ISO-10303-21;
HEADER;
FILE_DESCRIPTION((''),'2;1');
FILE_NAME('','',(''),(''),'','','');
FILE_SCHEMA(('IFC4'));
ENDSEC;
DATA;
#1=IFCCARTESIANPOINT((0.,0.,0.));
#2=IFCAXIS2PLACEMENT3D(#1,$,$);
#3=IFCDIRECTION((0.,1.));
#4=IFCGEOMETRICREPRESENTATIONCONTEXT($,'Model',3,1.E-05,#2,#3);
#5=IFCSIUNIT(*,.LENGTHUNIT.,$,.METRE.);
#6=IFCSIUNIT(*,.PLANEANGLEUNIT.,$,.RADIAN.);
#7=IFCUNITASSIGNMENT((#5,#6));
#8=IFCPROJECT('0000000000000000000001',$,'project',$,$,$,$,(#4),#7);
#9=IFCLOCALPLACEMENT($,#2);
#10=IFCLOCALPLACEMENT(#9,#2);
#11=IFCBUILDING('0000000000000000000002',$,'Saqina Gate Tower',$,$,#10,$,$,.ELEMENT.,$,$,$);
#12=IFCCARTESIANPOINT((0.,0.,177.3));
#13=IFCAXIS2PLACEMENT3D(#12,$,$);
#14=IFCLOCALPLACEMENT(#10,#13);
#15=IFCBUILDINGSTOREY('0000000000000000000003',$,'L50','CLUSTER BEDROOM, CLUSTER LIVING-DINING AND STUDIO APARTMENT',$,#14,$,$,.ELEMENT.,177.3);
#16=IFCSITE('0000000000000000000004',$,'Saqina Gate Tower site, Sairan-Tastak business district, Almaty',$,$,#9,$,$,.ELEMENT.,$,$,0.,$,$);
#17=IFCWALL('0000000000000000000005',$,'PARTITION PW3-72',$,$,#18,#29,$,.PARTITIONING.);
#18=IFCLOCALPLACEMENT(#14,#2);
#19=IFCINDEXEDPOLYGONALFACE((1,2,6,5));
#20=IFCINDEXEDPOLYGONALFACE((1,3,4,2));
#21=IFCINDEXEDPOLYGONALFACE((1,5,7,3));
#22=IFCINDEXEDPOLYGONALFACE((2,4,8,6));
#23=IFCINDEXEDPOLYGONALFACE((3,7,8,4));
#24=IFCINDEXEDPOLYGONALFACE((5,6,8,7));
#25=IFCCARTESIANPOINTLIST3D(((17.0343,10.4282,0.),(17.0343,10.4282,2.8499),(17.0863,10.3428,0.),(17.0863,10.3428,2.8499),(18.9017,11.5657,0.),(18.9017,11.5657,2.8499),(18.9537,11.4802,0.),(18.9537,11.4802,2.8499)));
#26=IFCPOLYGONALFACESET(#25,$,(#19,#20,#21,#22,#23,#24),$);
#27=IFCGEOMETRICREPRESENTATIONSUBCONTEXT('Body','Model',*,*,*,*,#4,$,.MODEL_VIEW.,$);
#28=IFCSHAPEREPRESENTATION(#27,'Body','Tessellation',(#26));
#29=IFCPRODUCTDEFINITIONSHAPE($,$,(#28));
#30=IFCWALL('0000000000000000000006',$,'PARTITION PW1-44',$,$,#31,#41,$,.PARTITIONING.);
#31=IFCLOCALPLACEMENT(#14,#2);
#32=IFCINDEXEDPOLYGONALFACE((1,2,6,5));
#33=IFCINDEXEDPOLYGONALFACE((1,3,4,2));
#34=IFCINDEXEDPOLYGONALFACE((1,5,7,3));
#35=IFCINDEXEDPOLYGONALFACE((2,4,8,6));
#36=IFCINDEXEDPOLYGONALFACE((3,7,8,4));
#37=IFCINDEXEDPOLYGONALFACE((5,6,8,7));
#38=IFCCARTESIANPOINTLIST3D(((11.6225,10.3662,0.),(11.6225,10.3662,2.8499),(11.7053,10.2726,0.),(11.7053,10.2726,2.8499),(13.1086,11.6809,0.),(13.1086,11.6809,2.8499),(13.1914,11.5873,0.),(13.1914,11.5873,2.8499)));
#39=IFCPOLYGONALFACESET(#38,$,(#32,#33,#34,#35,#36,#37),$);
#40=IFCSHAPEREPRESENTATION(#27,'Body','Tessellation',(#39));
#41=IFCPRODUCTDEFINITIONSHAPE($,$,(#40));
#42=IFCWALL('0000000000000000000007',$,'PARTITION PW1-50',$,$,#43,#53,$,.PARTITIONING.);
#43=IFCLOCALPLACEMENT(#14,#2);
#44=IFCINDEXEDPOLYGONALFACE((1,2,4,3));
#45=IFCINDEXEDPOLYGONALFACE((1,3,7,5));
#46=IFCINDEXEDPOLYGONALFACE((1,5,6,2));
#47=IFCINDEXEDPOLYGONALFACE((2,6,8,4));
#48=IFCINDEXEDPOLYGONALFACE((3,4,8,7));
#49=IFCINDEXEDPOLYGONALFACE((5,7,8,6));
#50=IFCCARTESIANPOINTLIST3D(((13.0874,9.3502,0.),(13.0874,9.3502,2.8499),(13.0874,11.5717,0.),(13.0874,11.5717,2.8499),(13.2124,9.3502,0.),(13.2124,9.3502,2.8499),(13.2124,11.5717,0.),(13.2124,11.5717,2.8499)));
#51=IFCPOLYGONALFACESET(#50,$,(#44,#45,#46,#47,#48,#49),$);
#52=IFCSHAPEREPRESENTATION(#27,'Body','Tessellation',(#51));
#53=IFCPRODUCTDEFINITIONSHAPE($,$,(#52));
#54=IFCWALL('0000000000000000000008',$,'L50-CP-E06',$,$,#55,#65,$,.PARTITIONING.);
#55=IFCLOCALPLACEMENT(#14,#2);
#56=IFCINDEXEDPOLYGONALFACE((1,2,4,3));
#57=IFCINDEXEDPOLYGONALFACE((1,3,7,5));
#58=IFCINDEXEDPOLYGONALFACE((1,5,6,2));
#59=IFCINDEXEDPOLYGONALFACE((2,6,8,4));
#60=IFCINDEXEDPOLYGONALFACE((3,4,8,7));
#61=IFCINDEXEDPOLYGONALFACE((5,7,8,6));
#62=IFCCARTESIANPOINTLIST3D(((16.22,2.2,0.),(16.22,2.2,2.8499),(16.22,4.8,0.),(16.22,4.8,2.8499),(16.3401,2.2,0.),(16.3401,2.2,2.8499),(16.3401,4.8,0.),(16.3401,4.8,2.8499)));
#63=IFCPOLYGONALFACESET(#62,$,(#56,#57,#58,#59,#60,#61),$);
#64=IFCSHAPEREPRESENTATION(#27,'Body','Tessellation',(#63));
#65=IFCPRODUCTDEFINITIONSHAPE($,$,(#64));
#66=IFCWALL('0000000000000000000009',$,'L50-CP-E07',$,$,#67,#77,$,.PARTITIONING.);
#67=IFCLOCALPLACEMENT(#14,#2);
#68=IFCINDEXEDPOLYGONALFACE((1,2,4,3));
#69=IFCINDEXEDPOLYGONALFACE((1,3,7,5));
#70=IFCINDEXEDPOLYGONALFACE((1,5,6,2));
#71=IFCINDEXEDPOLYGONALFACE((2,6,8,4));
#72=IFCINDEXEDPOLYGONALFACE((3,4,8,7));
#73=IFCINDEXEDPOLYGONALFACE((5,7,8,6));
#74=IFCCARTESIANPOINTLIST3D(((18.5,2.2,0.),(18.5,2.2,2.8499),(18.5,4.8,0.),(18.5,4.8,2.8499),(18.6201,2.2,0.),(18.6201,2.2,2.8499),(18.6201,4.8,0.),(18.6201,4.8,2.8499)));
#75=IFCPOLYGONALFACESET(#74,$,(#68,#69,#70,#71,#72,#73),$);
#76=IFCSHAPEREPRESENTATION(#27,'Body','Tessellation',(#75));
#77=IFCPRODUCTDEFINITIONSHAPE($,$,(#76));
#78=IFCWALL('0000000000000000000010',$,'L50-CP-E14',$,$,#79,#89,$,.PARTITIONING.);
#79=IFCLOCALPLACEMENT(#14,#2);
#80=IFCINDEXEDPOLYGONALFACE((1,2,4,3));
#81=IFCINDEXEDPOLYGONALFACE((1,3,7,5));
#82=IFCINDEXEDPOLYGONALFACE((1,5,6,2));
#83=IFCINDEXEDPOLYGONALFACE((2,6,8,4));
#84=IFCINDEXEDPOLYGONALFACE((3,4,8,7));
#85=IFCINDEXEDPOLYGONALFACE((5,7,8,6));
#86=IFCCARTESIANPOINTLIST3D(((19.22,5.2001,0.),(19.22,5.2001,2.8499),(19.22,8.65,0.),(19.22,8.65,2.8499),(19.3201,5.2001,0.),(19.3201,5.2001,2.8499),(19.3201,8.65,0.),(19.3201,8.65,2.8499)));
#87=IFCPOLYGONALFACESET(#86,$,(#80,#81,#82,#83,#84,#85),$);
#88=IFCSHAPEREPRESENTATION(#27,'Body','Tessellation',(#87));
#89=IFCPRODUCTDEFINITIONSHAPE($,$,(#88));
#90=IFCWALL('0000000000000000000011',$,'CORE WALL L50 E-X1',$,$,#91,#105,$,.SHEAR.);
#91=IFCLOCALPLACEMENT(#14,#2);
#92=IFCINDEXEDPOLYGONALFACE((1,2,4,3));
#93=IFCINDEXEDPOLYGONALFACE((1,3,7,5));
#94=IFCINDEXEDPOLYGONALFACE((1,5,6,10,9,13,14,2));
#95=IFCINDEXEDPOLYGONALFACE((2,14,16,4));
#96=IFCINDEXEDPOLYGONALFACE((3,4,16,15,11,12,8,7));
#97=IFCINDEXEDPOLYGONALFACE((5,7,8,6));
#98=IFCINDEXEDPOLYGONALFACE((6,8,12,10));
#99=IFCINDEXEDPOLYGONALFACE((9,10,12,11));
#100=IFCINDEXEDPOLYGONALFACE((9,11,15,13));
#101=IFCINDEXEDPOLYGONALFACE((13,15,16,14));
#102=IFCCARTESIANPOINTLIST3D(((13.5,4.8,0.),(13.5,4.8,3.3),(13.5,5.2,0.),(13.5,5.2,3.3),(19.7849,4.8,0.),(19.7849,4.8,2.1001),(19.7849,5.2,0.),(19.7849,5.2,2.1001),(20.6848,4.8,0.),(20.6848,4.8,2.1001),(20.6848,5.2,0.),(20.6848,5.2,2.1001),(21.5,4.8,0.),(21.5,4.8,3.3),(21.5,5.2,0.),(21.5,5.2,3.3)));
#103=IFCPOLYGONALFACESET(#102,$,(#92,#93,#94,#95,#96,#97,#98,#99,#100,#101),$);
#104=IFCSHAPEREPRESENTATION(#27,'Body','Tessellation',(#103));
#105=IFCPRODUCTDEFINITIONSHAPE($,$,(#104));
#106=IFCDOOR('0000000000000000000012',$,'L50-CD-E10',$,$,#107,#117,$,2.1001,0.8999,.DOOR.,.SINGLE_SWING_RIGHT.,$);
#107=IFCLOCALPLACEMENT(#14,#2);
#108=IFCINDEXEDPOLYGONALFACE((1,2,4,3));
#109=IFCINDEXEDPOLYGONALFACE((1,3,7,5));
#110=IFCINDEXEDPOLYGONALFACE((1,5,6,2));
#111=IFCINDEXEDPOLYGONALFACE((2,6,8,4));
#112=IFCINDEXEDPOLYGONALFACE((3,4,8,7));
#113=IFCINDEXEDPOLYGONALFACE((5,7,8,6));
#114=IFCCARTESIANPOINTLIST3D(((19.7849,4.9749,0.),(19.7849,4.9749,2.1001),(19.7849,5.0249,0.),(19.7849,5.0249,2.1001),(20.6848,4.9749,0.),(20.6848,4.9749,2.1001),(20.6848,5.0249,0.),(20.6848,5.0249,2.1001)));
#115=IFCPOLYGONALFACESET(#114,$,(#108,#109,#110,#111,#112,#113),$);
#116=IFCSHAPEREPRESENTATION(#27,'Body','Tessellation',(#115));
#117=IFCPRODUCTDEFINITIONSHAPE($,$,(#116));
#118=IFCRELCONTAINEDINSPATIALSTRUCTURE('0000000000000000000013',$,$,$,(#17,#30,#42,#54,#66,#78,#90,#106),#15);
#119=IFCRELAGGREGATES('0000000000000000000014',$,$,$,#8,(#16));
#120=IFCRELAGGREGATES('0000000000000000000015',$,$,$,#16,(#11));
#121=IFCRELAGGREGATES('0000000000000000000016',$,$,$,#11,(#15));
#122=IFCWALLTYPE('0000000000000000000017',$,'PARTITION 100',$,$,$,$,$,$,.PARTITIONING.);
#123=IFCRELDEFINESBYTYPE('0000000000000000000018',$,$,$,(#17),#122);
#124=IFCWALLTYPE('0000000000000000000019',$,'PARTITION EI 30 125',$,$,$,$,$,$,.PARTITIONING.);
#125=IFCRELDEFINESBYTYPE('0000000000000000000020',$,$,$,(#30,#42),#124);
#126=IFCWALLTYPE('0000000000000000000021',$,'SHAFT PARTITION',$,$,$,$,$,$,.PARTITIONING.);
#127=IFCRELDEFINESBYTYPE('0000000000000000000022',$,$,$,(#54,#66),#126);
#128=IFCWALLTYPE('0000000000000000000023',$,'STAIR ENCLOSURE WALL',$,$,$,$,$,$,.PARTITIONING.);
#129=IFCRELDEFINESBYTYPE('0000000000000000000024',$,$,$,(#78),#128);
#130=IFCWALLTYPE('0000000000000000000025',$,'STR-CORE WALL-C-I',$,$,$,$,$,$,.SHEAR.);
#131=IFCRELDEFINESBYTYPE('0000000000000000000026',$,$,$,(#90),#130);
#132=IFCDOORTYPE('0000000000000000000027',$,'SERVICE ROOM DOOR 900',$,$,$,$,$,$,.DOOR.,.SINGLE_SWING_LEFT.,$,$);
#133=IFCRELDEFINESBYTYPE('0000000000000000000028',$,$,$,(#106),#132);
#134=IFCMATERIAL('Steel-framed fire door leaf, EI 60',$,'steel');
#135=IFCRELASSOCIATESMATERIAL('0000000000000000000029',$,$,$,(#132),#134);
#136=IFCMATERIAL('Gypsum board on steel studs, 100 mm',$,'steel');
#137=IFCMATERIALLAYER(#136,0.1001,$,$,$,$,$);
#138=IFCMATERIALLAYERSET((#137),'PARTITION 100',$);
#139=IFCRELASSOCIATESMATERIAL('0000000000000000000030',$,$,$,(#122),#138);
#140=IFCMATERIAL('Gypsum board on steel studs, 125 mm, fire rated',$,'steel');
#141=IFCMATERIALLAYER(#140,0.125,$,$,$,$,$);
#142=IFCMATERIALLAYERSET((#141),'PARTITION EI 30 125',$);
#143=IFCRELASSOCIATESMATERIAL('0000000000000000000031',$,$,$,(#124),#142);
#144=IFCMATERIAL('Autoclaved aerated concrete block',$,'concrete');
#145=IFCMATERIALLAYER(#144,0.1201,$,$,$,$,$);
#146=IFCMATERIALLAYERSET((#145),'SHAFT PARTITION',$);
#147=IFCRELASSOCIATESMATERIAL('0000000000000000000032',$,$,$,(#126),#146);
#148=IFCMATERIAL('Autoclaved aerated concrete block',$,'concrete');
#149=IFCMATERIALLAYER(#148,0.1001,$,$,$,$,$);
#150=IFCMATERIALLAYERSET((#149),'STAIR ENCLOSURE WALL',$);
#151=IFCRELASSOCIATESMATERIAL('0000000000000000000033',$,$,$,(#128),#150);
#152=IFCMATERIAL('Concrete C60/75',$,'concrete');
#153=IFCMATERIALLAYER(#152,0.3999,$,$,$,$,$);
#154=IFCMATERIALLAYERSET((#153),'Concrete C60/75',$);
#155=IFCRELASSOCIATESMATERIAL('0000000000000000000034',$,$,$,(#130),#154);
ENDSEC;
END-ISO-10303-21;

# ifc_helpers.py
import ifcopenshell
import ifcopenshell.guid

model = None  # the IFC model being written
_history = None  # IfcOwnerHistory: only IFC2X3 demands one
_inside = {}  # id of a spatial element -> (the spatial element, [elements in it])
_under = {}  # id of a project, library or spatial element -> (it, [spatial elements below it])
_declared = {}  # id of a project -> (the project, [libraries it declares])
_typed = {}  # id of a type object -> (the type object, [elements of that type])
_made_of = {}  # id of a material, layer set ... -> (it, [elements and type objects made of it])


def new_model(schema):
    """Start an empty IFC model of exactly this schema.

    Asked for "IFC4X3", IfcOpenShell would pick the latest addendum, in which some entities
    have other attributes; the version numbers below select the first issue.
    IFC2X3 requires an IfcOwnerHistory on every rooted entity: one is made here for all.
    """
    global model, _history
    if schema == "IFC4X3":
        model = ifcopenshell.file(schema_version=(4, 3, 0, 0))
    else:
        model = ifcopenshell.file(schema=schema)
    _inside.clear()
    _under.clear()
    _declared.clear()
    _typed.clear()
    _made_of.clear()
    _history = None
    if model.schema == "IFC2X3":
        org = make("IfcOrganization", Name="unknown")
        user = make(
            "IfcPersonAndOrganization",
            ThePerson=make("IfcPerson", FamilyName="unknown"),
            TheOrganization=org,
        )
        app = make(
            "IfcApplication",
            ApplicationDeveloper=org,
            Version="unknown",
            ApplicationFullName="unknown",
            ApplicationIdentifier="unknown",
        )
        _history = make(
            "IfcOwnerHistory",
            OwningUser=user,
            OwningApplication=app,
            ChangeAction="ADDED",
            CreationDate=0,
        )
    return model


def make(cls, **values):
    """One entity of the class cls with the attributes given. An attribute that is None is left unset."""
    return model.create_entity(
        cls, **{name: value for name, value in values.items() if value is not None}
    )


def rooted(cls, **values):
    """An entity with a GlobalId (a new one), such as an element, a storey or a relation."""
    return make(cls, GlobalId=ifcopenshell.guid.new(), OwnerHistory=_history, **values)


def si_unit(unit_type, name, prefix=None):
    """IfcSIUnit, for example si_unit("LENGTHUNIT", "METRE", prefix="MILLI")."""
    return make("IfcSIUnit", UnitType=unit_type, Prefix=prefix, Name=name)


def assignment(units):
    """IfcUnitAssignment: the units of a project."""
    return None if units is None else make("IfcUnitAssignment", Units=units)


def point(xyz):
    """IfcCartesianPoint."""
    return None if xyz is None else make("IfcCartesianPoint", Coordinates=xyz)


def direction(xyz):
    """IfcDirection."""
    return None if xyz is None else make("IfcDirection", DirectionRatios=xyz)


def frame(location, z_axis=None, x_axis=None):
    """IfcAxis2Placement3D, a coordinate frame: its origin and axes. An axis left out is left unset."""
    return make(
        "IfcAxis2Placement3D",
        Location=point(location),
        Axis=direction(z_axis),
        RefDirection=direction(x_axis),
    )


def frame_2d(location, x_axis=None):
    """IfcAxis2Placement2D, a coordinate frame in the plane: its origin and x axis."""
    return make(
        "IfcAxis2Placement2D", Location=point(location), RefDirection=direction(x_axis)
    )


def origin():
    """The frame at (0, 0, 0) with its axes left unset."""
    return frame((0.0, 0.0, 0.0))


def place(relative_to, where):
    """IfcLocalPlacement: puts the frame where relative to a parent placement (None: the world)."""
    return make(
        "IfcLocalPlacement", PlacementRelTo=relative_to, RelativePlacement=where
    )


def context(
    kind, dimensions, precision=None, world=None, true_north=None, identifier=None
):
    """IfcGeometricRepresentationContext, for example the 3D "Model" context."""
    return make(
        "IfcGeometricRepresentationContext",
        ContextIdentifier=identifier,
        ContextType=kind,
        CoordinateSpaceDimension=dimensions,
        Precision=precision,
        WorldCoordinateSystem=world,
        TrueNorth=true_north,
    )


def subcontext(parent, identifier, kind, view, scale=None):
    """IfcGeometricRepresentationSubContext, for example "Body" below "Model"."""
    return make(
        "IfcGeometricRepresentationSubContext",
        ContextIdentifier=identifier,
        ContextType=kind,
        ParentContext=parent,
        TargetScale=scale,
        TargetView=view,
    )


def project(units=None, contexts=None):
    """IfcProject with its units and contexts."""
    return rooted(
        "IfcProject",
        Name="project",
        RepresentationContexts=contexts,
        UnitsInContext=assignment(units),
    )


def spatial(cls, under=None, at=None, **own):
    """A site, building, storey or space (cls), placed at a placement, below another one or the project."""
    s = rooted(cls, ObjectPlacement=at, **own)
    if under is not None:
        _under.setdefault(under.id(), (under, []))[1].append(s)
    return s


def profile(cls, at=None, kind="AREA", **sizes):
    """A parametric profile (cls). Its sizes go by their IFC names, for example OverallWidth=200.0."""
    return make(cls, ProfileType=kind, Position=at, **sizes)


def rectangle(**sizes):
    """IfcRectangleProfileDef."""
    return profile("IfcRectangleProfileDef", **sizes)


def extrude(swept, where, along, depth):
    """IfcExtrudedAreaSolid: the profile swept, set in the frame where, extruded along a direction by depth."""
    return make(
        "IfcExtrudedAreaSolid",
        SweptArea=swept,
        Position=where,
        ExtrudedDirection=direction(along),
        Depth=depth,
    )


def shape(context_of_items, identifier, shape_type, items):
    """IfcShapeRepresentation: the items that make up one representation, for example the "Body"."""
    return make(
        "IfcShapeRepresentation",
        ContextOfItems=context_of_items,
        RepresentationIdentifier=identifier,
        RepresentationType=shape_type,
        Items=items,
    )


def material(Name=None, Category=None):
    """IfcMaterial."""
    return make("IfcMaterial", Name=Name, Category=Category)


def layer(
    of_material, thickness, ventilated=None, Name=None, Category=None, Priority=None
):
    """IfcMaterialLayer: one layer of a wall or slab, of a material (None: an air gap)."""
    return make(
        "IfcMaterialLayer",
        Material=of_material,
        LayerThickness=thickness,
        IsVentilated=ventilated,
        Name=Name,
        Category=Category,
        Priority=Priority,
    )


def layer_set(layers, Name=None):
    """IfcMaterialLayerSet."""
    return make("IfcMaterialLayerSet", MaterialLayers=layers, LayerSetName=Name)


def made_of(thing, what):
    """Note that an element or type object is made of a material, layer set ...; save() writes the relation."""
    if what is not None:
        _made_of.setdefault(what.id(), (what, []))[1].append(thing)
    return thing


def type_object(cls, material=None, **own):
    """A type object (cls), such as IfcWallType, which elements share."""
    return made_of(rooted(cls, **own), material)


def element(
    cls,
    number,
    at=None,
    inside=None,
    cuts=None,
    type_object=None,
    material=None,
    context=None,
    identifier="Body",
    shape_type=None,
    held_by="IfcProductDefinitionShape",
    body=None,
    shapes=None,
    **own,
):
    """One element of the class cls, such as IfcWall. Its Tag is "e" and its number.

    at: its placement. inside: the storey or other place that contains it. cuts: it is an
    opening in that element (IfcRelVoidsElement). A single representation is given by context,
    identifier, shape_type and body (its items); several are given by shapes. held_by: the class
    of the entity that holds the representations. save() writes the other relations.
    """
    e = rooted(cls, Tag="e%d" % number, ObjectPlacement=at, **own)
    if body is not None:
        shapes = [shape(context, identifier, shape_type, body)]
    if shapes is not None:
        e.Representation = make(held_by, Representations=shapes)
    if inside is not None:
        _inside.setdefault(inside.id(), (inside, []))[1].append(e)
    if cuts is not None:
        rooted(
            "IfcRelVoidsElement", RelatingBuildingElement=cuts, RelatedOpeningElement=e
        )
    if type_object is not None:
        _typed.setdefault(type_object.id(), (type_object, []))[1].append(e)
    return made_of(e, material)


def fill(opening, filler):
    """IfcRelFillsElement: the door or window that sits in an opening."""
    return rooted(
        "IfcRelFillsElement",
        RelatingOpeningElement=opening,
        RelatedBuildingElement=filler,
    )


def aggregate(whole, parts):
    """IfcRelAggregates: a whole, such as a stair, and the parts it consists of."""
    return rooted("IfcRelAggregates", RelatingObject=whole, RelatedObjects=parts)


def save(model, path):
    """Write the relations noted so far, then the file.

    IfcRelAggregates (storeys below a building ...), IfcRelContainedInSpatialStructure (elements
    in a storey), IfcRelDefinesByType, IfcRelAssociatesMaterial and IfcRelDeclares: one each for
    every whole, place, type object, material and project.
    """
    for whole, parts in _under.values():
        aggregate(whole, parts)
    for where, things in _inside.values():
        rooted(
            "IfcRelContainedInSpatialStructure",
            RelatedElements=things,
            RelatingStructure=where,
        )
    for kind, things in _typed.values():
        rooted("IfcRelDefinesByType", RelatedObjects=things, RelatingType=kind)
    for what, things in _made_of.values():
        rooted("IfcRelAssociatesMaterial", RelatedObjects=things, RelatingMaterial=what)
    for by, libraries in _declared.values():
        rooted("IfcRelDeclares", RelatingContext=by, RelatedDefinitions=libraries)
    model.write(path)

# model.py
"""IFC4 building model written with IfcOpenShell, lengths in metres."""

from ifc_helpers import new_model, si_unit, direction, frame, frame_2d, origin, place, context, subcontext, project, spatial, rectangle, extrude, material, layer, layer_set, type_object, element, fill, save


model = new_model("IFC4")

# Units and contexts
model_context = context("Model", 3, precision=1e-05, world=origin(), true_north=direction((0.0, 1.0)))
body_context = subcontext(model_context, "Body", "Model", "MODEL_VIEW")
ifc_project = project(units=[si_unit("LENGTHUNIT", "METRE"), si_unit("PLANEANGLEUNIT", "RADIAN")], contexts=[model_context])

# Site, building, storey
site_placement = place(None, origin())
site = spatial("IfcSite", under=ifc_project, at=site_placement, Name="Saqina Gate Tower site, Sairan-Tastak business district, Almaty", CompositionType="ELEMENT", RefElevation=0.0)
building_placement = place(site_placement, origin())
building = spatial("IfcBuilding", under=site, at=building_placement, Name="Saqina Gate Tower", CompositionType="ELEMENT")
storey_placement = place(building_placement, frame((0.0, 0.0, 177.3)))
storey = spatial("IfcBuildingStorey", under=building, at=storey_placement, Name="L50", Description="CLUSTER BEDROOM, CLUSTER LIVING-DINING AND STUDIO APARTMENT", CompositionType="ELEMENT", Elevation=177.3)

# Shared definitions
ifc_material_1 = material(Name="Steel-framed fire door leaf, EI 60", Category="steel")
door_type_1 = type_object("IfcDoorType", Name="SERVICE ROOM DOOR 900", OperationType="SINGLE_SWING_LEFT", PredefinedType="DOOR", material=ifc_material_1)

# Walls
ifc_material_2 = material(Name="Gypsum board on steel studs, 100 mm", Category="steel")
ifc_layer_1 = layer(ifc_material_2, 0.1001)
ifc_layer_set_1 = layer_set([ifc_layer_1], Name="PARTITION 100")
wall_type_1 = type_object("IfcWallType", Name="PARTITION 100", PredefinedType="PARTITIONING", material=ifc_layer_set_1)
wall_1_placement = place(storey_placement, frame((17.0603, 10.3855, 0.0), z_axis=(0.0, 0.0, 1.0), x_axis=(0.854045, 0.520198, 0.0)))
element("IfcWall", 1, at=wall_1_placement, inside=storey, type_object=wall_type_1, Name="PARTITION PW3-72", PredefinedType="PARTITIONING", context=body_context, shape_type="SweptSolid", body=[
    extrude(rectangle(XDim=2.1865, YDim=0.1001, at=frame_2d((1.0933, 0.0))), origin(), (0.0, 0.0, 1.0), 2.8499),
])
ifc_material_3 = material(Name="Gypsum board on steel studs, 125 mm, fire rated", Category="steel")
ifc_layer_2 = layer(ifc_material_3, 0.125)
ifc_layer_set_2 = layer_set([ifc_layer_2], Name="PARTITION EI 30 125")
wall_type_2 = type_object("IfcWallType", Name="PARTITION EI 30 125", PredefinedType="PARTITIONING", material=ifc_layer_set_2)
wall_2_placement = place(storey_placement, frame((11.6638, 10.3193, 0.0), z_axis=(0.0, 0.0, 1.0), x_axis=(0.748975, 0.662598, 0.0)))
element("IfcWall", 2, at=wall_2_placement, inside=storey, type_object=wall_type_2, Name="PARTITION PW1-44", PredefinedType="PARTITIONING", context=body_context, shape_type="SweptSolid", body=[
    extrude(rectangle(XDim=1.9841, YDim=0.125, at=frame_2d((0.9922, 0.0))), origin(), (0.0, 0.0, 1.0), 2.8499),
])
wall_3_placement = place(storey_placement, frame((13.1499, 9.3501, 0.0), z_axis=(0.0, 0.0, 1.0), x_axis=(0.0, 1.0, 0.0)))
element("IfcWall", 3, at=wall_3_placement, inside=storey, type_object=wall_type_2, Name="PARTITION PW1-50", PredefinedType="PARTITIONING", context=body_context, shape_type="SweptSolid", body=[
    extrude(rectangle(XDim=2.2214, YDim=0.125, at=frame_2d((1.1108, 0.0))), origin(), (0.0, 0.0, 1.0), 2.8499),
])
ifc_material_4 = material(Name="Autoclaved aerated concrete block", Category="concrete")
ifc_layer_3 = layer(ifc_material_4, 0.1201)
ifc_layer_set_3 = layer_set([ifc_layer_3], Name="SHAFT PARTITION")
wall_type_3 = type_object("IfcWallType", Name="SHAFT PARTITION", PredefinedType="PARTITIONING", material=ifc_layer_set_3)
for number, where, z_axis, x_axis, name in (
    (4, (16.28, 2.2, 0.0), (0.0, 0.0, 1.0), (0.0, 1.0, 0.0), "L50-CP-E06"),
    (5, (18.5601, 2.2, 0.0), (0.0, 0.0, 1.0), (0.0, 1.0, 0.0), "L50-CP-E07"),
):
    element("IfcWall", number, at=place(storey_placement, frame(where, z_axis=z_axis, x_axis=x_axis)), inside=storey, type_object=wall_type_3, Name=name, PredefinedType="PARTITIONING", context=body_context, shape_type="SweptSolid", body=[
        extrude(rectangle(XDim=2.6001, YDim=0.1201, at=frame_2d((1.3, 0.0))), origin(), (0.0, 0.0, 1.0), 2.8499),
    ])
ifc_material_5 = material(Name="Autoclaved aerated concrete block", Category="concrete")
ifc_layer_4 = layer(ifc_material_5, 0.1001)
ifc_layer_set_4 = layer_set([ifc_layer_4], Name="STAIR ENCLOSURE WALL")
wall_type_4 = type_object("IfcWallType", Name="STAIR ENCLOSURE WALL", PredefinedType="PARTITIONING", material=ifc_layer_set_4)
wall_4_placement = place(storey_placement, frame((19.27, 5.2, 0.0), z_axis=(0.0, 0.0, 1.0), x_axis=(0.0, 1.0, 0.0)))
element("IfcWall", 6, at=wall_4_placement, inside=storey, type_object=wall_type_4, Name="L50-CP-E14", PredefinedType="PARTITIONING", context=body_context, shape_type="SweptSolid", body=[
    extrude(rectangle(XDim=3.45, YDim=0.1001, at=frame_2d((1.7251, 0.0))), origin(), (0.0, 0.0, 1.0), 2.8499),
])

# Wall, opening, door
ifc_material_6 = material(Name="Concrete C60/75", Category="concrete")
ifc_layer_5 = layer(ifc_material_6, 0.3999)
ifc_layer_set_5 = layer_set([ifc_layer_5], Name="Concrete C60/75")
wall_type_5 = type_object("IfcWallType", Name="STR-CORE WALL-C-I", PredefinedType="SHEAR", material=ifc_layer_set_5)
wall_5_placement = place(storey_placement, frame((13.5, 5.0, 0.0), z_axis=(0.0, 0.0, 1.0), x_axis=(1.0, 0.0, 0.0)))
wall_5 = element("IfcWall", 7, at=wall_5_placement, inside=storey, type_object=wall_type_5, Name="CORE WALL L50 E-X1", PredefinedType="SHEAR", context=body_context, shape_type="SweptSolid", body=[
    extrude(rectangle(XDim=8.0, YDim=0.3999, at=frame_2d((4.0, 0.0))), origin(), (0.0, 0.0, 1.0), 3.3),
])
opening_1_placement = place(wall_5_placement, frame((6.2849, 0.0, 0.0)))
opening_1 = element("IfcOpeningElement", 8, at=opening_1_placement, cuts=wall_5, PredefinedType="OPENING", context=body_context, shape_type="SweptSolid", body=[
    extrude(rectangle(XDim=0.8999, YDim=2.1001, at=frame_2d((0.45, 1.05))), frame((0.0, 0.2119, 0.0), z_axis=(0.0, -1.0, 0.0), x_axis=(1.0, 0.0, 0.0)), (0.0, 0.0, 1.0), 0.4238),
])
door_1_placement = place(opening_1_placement, origin())
door_1 = element("IfcDoor", 9, at=door_1_placement, inside=storey, type_object=door_type_1, Name="L50-CD-E10", OperationType="SINGLE_SWING_RIGHT", OverallHeight=2.1001, OverallWidth=0.8999, PredefinedType="DOOR", context=body_context, shape_type="SweptSolid", body=[
    extrude(rectangle(XDim=0.8999, YDim=2.1001, at=frame_2d((0.45, 1.05))), frame((0.0, 0.0249, 0.0), z_axis=(0.0, -1.0, 0.0), x_axis=(1.0, 0.0, 0.0)), (0.0, 0.0, 1.0), 0.05),
])
fill(opening_1, door_1)

save(model, "model.ifc")
